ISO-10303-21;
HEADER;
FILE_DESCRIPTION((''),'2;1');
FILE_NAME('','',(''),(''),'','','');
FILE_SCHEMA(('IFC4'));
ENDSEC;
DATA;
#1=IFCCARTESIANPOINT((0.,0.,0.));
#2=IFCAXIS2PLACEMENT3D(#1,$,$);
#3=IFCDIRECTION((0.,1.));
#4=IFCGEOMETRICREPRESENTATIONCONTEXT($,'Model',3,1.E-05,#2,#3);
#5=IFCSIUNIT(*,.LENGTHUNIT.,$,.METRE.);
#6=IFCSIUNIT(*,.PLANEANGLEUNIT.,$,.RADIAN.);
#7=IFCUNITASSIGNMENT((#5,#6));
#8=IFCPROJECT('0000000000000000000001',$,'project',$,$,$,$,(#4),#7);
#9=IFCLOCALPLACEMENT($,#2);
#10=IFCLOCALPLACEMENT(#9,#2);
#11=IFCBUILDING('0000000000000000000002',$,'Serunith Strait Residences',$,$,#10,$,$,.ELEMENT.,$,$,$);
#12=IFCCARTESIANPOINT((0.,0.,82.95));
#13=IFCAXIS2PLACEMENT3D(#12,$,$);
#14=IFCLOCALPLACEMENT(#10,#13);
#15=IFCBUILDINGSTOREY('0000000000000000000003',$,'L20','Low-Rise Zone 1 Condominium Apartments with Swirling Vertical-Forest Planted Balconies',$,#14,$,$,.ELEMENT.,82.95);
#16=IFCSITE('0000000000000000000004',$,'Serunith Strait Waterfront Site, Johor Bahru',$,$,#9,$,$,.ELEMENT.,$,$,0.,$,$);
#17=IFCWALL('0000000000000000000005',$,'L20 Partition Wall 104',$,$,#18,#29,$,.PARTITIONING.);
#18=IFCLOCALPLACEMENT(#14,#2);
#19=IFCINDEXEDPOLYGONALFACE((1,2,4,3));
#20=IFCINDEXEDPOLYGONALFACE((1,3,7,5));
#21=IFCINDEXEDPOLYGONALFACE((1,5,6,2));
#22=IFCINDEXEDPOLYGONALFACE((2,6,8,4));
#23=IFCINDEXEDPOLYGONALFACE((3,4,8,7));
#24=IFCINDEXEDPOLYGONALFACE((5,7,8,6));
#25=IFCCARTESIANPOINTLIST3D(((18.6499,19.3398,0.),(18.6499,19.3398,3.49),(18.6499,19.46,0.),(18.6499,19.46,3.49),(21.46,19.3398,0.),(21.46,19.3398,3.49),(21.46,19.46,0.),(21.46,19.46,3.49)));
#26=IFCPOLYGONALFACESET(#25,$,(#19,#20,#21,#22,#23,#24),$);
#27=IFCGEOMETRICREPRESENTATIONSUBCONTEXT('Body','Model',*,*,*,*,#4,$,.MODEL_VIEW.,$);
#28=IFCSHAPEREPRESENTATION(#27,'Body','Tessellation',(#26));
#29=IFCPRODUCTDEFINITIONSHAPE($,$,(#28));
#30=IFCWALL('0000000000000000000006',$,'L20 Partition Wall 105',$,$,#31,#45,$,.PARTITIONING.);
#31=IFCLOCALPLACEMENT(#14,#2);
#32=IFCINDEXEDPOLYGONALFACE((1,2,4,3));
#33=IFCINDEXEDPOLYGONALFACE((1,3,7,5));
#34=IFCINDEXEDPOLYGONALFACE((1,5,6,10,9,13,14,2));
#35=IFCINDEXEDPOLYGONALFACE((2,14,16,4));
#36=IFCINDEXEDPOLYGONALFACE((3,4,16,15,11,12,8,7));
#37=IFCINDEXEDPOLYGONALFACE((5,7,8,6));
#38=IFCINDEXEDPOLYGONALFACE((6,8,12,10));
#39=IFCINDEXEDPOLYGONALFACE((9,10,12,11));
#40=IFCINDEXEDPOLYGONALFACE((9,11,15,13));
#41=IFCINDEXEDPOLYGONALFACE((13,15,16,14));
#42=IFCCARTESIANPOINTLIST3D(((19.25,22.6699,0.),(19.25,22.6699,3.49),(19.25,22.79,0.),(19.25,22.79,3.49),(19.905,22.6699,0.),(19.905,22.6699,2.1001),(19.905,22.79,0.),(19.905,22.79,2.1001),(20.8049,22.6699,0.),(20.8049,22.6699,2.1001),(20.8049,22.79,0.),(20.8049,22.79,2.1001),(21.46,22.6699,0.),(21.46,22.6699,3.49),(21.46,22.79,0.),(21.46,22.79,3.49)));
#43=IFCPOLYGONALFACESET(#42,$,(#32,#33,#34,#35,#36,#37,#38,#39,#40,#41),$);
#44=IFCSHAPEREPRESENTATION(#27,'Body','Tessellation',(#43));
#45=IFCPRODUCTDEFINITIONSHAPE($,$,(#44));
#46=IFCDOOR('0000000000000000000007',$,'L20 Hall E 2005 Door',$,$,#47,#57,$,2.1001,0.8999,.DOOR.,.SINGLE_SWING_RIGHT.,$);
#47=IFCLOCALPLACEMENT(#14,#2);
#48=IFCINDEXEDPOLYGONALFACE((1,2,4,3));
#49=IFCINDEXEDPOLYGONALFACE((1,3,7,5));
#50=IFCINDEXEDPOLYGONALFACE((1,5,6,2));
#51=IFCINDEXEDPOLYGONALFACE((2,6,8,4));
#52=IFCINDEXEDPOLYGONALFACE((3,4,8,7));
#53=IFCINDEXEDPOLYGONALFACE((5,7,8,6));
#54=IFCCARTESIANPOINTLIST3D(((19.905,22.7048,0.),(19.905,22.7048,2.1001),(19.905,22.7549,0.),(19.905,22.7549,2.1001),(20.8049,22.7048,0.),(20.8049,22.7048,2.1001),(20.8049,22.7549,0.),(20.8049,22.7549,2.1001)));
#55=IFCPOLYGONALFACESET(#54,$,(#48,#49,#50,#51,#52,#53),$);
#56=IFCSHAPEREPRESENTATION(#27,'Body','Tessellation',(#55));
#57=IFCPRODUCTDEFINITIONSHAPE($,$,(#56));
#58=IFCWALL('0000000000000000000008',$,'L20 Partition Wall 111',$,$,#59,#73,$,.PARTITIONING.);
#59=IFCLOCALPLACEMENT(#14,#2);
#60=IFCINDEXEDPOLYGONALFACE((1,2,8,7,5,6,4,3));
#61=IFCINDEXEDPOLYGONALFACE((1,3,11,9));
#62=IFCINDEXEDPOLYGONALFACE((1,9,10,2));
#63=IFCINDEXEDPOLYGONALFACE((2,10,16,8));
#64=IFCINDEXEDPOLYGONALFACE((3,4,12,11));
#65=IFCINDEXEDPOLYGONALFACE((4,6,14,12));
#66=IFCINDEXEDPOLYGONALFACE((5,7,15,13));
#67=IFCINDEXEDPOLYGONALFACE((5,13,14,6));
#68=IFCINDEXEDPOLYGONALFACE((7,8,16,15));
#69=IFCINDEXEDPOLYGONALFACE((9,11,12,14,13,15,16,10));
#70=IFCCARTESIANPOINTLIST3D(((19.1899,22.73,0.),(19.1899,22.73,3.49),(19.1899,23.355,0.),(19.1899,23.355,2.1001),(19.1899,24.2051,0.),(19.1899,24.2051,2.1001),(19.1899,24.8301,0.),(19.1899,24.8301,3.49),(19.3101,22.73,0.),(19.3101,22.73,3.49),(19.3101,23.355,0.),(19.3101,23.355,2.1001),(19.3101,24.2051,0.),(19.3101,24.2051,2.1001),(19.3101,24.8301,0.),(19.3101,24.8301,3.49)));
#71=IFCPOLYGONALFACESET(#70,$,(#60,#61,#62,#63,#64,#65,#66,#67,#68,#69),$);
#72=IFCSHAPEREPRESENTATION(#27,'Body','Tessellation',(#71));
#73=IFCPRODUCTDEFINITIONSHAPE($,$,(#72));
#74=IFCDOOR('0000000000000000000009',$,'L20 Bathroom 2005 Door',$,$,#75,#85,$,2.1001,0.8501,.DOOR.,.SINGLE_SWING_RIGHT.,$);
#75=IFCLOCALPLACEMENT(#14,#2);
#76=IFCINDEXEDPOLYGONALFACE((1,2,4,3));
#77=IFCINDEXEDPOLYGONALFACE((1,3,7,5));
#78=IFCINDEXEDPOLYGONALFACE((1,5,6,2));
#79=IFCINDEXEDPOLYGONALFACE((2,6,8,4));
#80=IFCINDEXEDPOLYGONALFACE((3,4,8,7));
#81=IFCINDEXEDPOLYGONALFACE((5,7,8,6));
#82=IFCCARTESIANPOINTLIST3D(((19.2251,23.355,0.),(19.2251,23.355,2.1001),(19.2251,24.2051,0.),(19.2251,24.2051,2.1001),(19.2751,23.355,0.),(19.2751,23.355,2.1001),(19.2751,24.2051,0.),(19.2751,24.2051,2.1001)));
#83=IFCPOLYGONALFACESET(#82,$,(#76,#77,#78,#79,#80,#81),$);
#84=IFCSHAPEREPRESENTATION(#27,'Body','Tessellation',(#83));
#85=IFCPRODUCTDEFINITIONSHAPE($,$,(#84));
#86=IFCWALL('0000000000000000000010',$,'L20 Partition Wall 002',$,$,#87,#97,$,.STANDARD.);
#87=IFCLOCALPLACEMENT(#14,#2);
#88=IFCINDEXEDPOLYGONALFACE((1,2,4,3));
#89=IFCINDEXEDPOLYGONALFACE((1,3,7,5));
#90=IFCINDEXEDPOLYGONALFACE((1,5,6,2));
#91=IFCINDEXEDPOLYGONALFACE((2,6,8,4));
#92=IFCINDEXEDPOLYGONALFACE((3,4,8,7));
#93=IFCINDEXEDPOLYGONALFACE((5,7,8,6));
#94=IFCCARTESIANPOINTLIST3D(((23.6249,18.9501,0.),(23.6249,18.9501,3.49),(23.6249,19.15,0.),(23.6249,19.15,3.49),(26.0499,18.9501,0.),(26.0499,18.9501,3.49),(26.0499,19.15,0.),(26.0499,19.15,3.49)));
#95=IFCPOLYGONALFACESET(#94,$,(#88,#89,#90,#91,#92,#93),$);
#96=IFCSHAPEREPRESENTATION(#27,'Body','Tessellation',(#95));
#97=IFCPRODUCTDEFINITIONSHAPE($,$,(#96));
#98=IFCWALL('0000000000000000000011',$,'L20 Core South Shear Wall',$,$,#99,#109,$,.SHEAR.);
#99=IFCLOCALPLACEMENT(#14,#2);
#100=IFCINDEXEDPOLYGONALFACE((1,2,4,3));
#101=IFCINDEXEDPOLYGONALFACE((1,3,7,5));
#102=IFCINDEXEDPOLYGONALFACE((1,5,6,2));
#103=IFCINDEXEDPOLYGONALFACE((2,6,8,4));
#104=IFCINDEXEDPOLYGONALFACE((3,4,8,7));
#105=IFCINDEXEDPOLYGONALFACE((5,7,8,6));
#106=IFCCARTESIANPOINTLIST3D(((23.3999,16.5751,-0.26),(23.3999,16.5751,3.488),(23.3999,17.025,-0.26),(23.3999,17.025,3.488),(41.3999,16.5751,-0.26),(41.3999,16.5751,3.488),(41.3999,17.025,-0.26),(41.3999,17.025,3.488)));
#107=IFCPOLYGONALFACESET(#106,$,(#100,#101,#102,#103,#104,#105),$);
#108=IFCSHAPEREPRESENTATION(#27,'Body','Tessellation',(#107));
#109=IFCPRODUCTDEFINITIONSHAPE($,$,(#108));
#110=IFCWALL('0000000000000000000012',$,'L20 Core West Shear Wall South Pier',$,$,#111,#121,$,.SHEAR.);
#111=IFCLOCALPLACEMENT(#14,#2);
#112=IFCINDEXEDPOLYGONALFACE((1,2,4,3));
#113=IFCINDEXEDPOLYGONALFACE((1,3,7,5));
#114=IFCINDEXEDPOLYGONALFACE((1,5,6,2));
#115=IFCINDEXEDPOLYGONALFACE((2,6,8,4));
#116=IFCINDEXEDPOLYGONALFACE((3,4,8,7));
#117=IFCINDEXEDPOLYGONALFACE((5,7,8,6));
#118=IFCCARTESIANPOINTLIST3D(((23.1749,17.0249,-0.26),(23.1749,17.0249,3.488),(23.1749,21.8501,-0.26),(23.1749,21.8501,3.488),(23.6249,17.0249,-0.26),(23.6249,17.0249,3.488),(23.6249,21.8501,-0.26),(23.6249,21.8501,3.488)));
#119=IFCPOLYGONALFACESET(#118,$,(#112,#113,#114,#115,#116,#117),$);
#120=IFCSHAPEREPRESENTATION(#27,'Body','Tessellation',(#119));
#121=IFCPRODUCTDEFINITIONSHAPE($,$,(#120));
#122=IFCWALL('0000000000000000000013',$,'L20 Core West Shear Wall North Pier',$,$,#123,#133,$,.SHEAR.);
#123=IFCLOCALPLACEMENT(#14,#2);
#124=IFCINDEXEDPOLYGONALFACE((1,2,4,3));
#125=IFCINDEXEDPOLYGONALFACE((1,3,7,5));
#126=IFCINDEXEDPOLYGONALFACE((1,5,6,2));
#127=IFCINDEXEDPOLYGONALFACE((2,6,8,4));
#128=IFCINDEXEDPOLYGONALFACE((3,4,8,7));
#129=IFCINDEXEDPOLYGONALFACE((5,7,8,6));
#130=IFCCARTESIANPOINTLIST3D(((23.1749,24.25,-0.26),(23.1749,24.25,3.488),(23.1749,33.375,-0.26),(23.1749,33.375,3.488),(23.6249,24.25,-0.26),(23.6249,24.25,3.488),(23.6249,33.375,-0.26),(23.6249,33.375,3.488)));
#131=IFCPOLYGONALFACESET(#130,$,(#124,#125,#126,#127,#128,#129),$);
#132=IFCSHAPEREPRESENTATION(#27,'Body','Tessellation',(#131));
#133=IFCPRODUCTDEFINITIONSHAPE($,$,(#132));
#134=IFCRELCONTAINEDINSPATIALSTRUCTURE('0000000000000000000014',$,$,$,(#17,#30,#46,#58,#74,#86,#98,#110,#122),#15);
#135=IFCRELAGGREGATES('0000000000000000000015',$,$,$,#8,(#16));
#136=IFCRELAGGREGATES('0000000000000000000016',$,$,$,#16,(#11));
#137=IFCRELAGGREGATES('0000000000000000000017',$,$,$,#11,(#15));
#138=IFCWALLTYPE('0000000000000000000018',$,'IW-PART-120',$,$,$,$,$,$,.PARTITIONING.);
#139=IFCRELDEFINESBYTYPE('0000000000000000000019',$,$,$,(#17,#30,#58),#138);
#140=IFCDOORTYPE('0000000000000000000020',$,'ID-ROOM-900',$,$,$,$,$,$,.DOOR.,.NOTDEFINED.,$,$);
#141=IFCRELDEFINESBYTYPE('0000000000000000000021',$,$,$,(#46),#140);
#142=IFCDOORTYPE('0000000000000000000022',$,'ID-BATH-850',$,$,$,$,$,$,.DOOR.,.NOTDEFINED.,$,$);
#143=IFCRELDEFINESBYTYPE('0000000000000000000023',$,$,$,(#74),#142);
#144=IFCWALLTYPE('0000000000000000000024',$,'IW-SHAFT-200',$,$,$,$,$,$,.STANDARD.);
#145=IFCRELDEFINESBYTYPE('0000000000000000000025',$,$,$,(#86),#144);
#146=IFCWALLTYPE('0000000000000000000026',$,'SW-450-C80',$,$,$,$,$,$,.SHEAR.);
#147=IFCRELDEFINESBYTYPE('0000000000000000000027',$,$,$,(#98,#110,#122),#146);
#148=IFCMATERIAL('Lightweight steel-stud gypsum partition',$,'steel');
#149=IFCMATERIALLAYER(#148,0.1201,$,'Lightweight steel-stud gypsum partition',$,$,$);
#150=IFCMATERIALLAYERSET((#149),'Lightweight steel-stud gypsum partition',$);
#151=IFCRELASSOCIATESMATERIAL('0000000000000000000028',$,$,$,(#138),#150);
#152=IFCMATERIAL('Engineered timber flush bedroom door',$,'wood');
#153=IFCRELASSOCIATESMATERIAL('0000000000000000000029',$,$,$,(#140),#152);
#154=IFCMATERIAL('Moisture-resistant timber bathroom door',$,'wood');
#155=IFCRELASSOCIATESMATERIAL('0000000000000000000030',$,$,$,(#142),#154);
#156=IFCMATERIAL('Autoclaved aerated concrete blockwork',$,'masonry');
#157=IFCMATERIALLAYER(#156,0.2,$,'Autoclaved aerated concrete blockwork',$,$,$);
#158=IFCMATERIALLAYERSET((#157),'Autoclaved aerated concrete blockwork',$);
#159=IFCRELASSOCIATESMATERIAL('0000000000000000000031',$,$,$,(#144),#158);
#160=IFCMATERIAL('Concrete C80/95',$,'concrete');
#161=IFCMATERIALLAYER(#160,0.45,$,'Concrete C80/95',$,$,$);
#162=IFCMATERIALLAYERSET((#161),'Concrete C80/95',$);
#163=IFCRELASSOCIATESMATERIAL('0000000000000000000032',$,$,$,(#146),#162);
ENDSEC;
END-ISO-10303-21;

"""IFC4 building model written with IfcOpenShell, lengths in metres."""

from ifc_helpers import new_model, si_unit, direction, frame, frame_2d, origin, place, context, subcontext, project, spatial, rectangle, extrude, source, transform, mapped, material, layer, layer_set, type_object, element, fill, save


model = new_model("IFC4")

# Units and contexts
model_context = context("Model", 3, precision=1e-05, world=origin(), true_north=direction((0.0, 1.0)))
body_context = subcontext(model_context, "Body", "Model", "MODEL_VIEW")
ifc_project = project(units=[si_unit("LENGTHUNIT", "METRE"), si_unit("PLANEANGLEUNIT", "RADIAN")], contexts=[model_context])

# Site, building, storey
site_placement = place(None, origin())
site = spatial("IfcSite", under=ifc_project, at=site_placement, Name="Serunith Strait Waterfront Site, Johor Bahru", CompositionType="ELEMENT", RefElevation=0.0)
building_placement = place(site_placement, origin())
building = spatial("IfcBuilding", under=site, at=building_placement, Name="Serunith Strait Residences", CompositionType="ELEMENT")
storey_placement = place(building_placement, frame((0.0, 0.0, 82.95)))
storey = spatial("IfcBuildingStorey", under=building, at=storey_placement, Name="L20", Description="Low-Rise Zone 1 Condominium Apartments with Swirling Vertical-Forest Planted Balconies", CompositionType="ELEMENT", Elevation=82.95)

# Shared definitions
ifc_material_1 = material(Name="Lightweight steel-stud gypsum partition", Category="steel")
ifc_layer_1 = layer(ifc_material_1, 0.1201, Name="Lightweight steel-stud gypsum partition")
ifc_layer_set_1 = layer_set([ifc_layer_1], Name="Lightweight steel-stud gypsum partition")
wall_type_1 = type_object("IfcWallType", Name="IW-PART-120", PredefinedType="PARTITIONING", material=ifc_layer_set_1)
shared_shape_1 = source(origin(), body_context, "Body", "SweptSolid", [
    extrude(rectangle(XDim=0.8501, YDim=2.1001, at=frame_2d((0.425, 1.05))), frame((0.0, 0.0249, 0.0), z_axis=(0.0, -1.0, 0.0), x_axis=(1.0, 0.0, 0.0)), (0.0, 0.0, 1.0), 0.05),
])

# Wall
wall_1_placement = place(storey_placement, frame((18.6499, 19.3999, 0.0), z_axis=(0.0, 0.0, 1.0), x_axis=(1.0, 0.0, 0.0)))
element("IfcWall", 1, at=wall_1_placement, inside=storey, type_object=wall_type_1, Name="L20 Partition Wall 104", PredefinedType="PARTITIONING", context=body_context, shape_type="SweptSolid", body=[
    extrude(rectangle(XDim=2.8101, YDim=0.1201, at=frame_2d((1.405, 0.0))), origin(), (0.0, 0.0, 1.0), 3.49),
])

# Walls, openings, doors
wall_2_placement = place(storey_placement, frame((19.25, 22.73, 0.0), z_axis=(0.0, 0.0, 1.0), x_axis=(1.0, 0.0, 0.0)))
wall_2 = element("IfcWall", 2, at=wall_2_placement, inside=storey, type_object=wall_type_1, Name="L20 Partition Wall 105", PredefinedType="PARTITIONING", context=body_context, shape_type="SweptSolid", body=[
    extrude(rectangle(XDim=2.21, YDim=0.1201, at=frame_2d((1.105, 0.0))), origin(), (0.0, 0.0, 1.0), 3.49),
])
opening_1_placement = place(wall_2_placement, frame((0.655, 0.0, 0.0)))
opening_1 = element("IfcOpeningElement", 3, at=opening_1_placement, cuts=wall_2, PredefinedType="OPENING", context=body_context, shape_type="SweptSolid", body=[
    extrude(rectangle(XDim=0.8999, YDim=2.1001, at=frame_2d((0.45, 1.05))), frame((0.0, 0.0701, 0.0), z_axis=(0.0, -1.0, 0.0), x_axis=(1.0, 0.0, 0.0)), (0.0, 0.0, 1.0), 0.1401),
])
ifc_material_2 = material(Name="Engineered timber flush bedroom door", Category="wood")
door_type_1 = type_object("IfcDoorType", Name="ID-ROOM-900", OperationType="NOTDEFINED", PredefinedType="DOOR", material=ifc_material_2)
shared_shape_2 = source(origin(), body_context, "Body", "SweptSolid", [
    extrude(rectangle(XDim=0.8999, YDim=2.1001, at=frame_2d((0.45, 1.05))), frame((0.0, 0.0249, 0.0), z_axis=(0.0, -1.0, 0.0), x_axis=(1.0, 0.0, 0.0)), (0.0, 0.0, 1.0), 0.05),
])
door_1_placement = place(opening_1_placement, origin())
door_1 = element("IfcDoor", 4, at=door_1_placement, inside=storey, type_object=door_type_1, Name="L20 Hall E 2005 Door", OperationType="SINGLE_SWING_RIGHT", OverallHeight=2.1001, OverallWidth=0.8999, PredefinedType="DOOR", context=body_context, shape_type="MappedRepresentation", body=[
    mapped(shared_shape_2, transform((0.0, 0.0, 0.0), scale=1.0)),
])
fill(opening_1, door_1)
wall_3_placement = place(storey_placement, frame((19.25, 22.73, 0.0), z_axis=(0.0, 0.0, 1.0), x_axis=(0.0, 1.0, 0.0)))
wall_3 = element("IfcWall", 5, at=wall_3_placement, inside=storey, type_object=wall_type_1, Name="L20 Partition Wall 111", PredefinedType="PARTITIONING", context=body_context, shape_type="SweptSolid", body=[
    extrude(rectangle(XDim=2.1001, YDim=0.1201, at=frame_2d((1.05, 0.0))), origin(), (0.0, 0.0, 1.0), 3.49),
])
opening_2_placement = place(wall_3_placement, frame((0.625, 0.0, 0.0)))
opening_2 = element("IfcOpeningElement", 6, at=opening_2_placement, cuts=wall_3, PredefinedType="OPENING", context=body_context, shape_type="SweptSolid", body=[
    extrude(rectangle(XDim=0.8501, YDim=2.1001, at=frame_2d((0.425, 1.05))), frame((0.0, 0.0701, 0.0), z_axis=(0.0, -1.0, 0.0), x_axis=(1.0, 0.0, 0.0)), (0.0, 0.0, 1.0), 0.1401),
])
ifc_material_3 = material(Name="Moisture-resistant timber bathroom door", Category="wood")
door_type_2 = type_object("IfcDoorType", Name="ID-BATH-850", OperationType="NOTDEFINED", PredefinedType="DOOR", material=ifc_material_3)
door_2_placement = place(opening_2_placement, origin())
door_2 = element("IfcDoor", 7, at=door_2_placement, inside=storey, type_object=door_type_2, Name="L20 Bathroom 2005 Door", OperationType="SINGLE_SWING_RIGHT", OverallHeight=2.1001, OverallWidth=0.8501, PredefinedType="DOOR", context=body_context, shape_type="MappedRepresentation", body=[
    mapped(shared_shape_1, transform((0.0, 0.0, 0.0), scale=1.0)),
])
fill(opening_2, door_2)

# Wall
ifc_material_4 = material(Name="Autoclaved aerated concrete blockwork", Category="masonry")
ifc_layer_2 = layer(ifc_material_4, 0.2, Name="Autoclaved aerated concrete blockwork")
ifc_layer_set_2 = layer_set([ifc_layer_2], Name="Autoclaved aerated concrete blockwork")
wall_type_2 = type_object("IfcWallType", Name="IW-SHAFT-200", PredefinedType="STANDARD", material=ifc_layer_set_2)
wall_4_placement = place(storey_placement, frame((23.625, 19.05, 0.0), z_axis=(0.0, 0.0, 1.0), x_axis=(1.0, 0.0, 0.0)))
element("IfcWall", 8, at=wall_4_placement, inside=storey, type_object=wall_type_2, Name="L20 Partition Wall 002", PredefinedType="STANDARD", context=body_context, shape_type="SweptSolid", body=[
    extrude(rectangle(XDim=2.425, YDim=0.2, at=frame_2d((1.2124, 0.0))), origin(), (0.0, 0.0, 1.0), 3.49),
])

# Walls
ifc_material_5 = material(Name="Concrete C80/95", Category="concrete")
ifc_layer_3 = layer(ifc_material_5, 0.45, Name="Concrete C80/95")
ifc_layer_set_3 = layer_set([ifc_layer_3], Name="Concrete C80/95")
wall_type_3 = type_object("IfcWallType", Name="SW-450-C80", PredefinedType="SHEAR", material=ifc_layer_set_3)
wall_5_placement = place(storey_placement, frame((23.3999, 16.8, -0.26), z_axis=(0.0, 0.0, 1.0), x_axis=(1.0, 0.0, 0.0)))
element("IfcWall", 9, at=wall_5_placement, inside=storey, type_object=wall_type_3, Name="L20 Core South Shear Wall", PredefinedType="SHEAR", context=body_context, shape_type="SweptSolid", body=[
    extrude(rectangle(XDim=18.0, YDim=0.45, at=frame_2d((9.0, 0.0))), origin(), (0.0, 0.0, 1.0), 3.748),
])
wall_6_placement = place(storey_placement, frame((23.3999, 17.0249, -0.26), z_axis=(0.0, 0.0, 1.0), x_axis=(0.0, 1.0, 0.0)))
element("IfcWall", 10, at=wall_6_placement, inside=storey, type_object=wall_type_3, Name="L20 Core West Shear Wall South Pier", PredefinedType="SHEAR", context=body_context, shape_type="SweptSolid", body=[
    extrude(rectangle(XDim=4.8252, YDim=0.45, at=frame_2d((2.4126, 0.0))), origin(), (0.0, 0.0, 1.0), 3.748),
])
wall_7_placement = place(storey_placement, frame((23.3999, 24.25, -0.26), z_axis=(0.0, 0.0, 1.0), x_axis=(0.0, 1.0, 0.0)))
element("IfcWall", 11, at=wall_7_placement, inside=storey, type_object=wall_type_3, Name="L20 Core West Shear Wall North Pier", PredefinedType="SHEAR", context=body_context, shape_type="SweptSolid", body=[
    extrude(rectangle(XDim=9.125, YDim=0.45, at=frame_2d((4.5625, 0.0))), origin(), (0.0, 0.0, 1.0), 3.748),
])

save(model, "model.ifc")
